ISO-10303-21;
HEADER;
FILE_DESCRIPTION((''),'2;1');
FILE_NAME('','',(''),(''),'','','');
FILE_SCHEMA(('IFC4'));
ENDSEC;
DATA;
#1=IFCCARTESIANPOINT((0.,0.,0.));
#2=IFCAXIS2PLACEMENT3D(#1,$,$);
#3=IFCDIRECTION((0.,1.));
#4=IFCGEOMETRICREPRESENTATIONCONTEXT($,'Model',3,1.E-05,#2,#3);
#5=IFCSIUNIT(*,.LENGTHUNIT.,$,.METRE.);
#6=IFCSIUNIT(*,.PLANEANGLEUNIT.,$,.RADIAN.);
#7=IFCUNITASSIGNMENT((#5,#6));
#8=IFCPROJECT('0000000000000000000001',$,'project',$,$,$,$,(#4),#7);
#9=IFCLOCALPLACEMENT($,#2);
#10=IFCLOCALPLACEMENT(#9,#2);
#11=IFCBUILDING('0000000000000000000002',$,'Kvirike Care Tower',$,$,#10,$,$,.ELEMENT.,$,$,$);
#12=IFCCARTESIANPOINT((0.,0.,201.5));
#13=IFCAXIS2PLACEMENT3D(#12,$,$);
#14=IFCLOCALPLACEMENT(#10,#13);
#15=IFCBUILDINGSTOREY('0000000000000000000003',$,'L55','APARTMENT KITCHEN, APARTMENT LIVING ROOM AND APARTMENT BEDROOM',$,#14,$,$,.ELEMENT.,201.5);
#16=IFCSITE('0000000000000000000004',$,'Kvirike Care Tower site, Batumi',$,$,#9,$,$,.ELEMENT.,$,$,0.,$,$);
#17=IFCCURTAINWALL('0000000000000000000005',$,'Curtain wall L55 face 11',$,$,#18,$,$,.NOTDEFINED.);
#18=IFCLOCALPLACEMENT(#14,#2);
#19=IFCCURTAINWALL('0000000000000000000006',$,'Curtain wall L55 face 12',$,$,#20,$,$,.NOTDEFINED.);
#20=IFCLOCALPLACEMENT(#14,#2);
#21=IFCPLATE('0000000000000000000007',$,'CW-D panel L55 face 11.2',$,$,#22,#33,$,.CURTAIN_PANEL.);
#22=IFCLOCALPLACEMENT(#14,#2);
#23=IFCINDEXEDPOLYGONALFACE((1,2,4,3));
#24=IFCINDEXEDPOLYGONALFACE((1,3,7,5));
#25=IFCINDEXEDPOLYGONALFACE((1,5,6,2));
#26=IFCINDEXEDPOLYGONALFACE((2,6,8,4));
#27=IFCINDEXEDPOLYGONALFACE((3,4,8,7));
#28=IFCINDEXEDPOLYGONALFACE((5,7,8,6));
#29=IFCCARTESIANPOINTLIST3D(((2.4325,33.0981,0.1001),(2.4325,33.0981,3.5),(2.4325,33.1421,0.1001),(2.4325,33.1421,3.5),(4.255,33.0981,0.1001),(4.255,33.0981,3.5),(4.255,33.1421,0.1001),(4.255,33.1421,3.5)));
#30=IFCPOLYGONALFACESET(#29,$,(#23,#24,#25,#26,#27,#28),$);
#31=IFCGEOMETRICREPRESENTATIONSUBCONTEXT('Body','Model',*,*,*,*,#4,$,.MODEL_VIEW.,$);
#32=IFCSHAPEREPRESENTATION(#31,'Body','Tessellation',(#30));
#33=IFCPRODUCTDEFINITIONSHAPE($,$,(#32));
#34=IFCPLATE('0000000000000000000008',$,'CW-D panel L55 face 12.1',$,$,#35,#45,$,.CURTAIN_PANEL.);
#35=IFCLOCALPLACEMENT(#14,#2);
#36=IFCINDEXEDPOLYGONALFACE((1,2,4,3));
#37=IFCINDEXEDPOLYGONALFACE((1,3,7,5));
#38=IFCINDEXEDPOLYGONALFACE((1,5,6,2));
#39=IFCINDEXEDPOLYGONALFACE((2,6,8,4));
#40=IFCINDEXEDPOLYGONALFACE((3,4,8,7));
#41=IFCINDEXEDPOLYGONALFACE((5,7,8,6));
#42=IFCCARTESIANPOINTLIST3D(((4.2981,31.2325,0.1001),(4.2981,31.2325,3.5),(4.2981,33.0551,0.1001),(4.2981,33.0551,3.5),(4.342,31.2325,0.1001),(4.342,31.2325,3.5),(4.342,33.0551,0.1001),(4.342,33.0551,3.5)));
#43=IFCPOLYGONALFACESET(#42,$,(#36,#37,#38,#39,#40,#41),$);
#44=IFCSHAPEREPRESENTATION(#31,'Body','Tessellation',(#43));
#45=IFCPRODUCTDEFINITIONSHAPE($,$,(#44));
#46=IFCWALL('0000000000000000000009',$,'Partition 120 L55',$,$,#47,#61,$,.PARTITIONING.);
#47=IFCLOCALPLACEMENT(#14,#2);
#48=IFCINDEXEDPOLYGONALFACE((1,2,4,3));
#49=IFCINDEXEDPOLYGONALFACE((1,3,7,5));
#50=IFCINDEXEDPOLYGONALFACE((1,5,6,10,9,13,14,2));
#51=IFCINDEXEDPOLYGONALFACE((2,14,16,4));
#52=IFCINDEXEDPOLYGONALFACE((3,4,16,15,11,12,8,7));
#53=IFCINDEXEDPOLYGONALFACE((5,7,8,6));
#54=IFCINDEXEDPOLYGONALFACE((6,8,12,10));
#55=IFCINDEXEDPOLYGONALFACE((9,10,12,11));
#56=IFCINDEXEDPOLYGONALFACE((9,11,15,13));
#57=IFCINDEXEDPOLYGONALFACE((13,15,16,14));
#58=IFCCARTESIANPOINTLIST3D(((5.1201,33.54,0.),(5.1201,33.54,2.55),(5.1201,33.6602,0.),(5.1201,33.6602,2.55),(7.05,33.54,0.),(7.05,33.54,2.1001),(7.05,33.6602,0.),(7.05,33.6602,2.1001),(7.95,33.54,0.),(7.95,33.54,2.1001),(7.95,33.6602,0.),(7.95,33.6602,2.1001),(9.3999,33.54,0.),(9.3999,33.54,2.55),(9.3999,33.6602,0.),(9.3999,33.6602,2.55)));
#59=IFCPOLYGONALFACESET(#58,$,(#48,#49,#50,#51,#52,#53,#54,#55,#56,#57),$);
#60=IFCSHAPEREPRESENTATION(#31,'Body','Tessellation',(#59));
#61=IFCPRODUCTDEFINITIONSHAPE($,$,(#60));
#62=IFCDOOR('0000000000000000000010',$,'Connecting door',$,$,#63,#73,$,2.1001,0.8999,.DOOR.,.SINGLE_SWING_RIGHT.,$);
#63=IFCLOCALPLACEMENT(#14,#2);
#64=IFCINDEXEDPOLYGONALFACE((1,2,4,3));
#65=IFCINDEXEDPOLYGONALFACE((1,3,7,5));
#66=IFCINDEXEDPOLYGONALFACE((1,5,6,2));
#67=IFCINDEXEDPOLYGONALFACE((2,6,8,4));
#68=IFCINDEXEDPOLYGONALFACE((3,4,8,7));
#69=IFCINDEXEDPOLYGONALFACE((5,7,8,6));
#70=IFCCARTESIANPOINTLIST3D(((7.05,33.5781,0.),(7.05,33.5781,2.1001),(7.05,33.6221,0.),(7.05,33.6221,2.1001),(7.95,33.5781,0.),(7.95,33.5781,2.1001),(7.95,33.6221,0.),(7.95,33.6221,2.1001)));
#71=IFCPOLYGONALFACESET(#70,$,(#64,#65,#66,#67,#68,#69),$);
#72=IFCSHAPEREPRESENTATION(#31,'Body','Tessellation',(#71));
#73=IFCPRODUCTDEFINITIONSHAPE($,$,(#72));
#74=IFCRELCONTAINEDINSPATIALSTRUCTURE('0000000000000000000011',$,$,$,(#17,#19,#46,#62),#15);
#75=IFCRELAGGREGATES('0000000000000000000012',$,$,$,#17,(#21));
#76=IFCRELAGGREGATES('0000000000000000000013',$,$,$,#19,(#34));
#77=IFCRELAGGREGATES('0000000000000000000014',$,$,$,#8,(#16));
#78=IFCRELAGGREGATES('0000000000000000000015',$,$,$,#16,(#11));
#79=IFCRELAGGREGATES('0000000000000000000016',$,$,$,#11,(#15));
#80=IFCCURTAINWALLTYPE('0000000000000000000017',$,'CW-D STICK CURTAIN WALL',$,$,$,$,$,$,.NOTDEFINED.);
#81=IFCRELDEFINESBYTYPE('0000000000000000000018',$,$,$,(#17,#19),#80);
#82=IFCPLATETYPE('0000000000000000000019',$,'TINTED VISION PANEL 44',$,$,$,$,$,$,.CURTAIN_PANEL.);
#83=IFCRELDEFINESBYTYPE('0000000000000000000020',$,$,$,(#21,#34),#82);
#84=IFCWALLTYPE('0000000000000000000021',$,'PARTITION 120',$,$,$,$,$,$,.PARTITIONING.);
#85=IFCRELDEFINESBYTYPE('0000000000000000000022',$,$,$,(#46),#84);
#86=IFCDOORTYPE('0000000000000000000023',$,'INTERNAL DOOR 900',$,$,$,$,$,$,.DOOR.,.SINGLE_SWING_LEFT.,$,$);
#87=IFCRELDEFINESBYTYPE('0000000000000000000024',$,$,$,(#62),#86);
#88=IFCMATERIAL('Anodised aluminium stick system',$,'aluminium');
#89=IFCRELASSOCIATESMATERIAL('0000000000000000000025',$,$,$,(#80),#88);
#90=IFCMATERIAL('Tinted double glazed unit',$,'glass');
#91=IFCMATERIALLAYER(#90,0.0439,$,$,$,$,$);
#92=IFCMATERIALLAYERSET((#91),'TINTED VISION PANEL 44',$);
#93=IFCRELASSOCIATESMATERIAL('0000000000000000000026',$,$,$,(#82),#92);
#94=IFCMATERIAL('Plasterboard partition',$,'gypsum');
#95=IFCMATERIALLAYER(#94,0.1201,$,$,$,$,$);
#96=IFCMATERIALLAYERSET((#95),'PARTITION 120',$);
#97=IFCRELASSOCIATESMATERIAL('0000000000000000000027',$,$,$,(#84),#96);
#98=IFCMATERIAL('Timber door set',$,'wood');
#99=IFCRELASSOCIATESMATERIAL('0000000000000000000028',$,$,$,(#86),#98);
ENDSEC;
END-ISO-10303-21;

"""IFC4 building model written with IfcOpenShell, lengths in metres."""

from ifc_helpers import new_model, si_unit, direction, frame, frame_2d, origin, origin_2d, place, context, subcontext, project, spatial, rectangle, extrude, material, layer, layer_set, type_object, element, fill, aggregate, save


model = new_model("IFC4")

# Units and contexts
model_context = context("Model", 3, precision=1e-05, world=origin(), true_north=direction((0.0, 1.0)))
body_context = subcontext(model_context, "Body", "Model", "MODEL_VIEW")
ifc_project = project(units=[si_unit("LENGTHUNIT", "METRE"), si_unit("PLANEANGLEUNIT", "RADIAN")], contexts=[model_context])

# Site, building, storey
site_placement = place(None, origin())
site = spatial("IfcSite", under=ifc_project, at=site_placement, Name="Kvirike Care Tower site, Batumi", CompositionType="ELEMENT", RefElevation=0.0)
building_placement = place(site_placement, origin())
building = spatial("IfcBuilding", under=site, at=building_placement, Name="Kvirike Care Tower", CompositionType="ELEMENT")
storey_placement = place(building_placement, frame((0.0, 0.0, 201.5)))
storey = spatial("IfcBuildingStorey", under=building, at=storey_placement, Name="L55", Description="APARTMENT KITCHEN, APARTMENT LIVING ROOM AND APARTMENT BEDROOM", CompositionType="ELEMENT", Elevation=201.5)

# Curtain wall
ifc_material_1 = material(Name="Anodised aluminium stick system", Category="aluminium")
curtain_wall_type = type_object("IfcCurtainWallType", Name="CW-D STICK CURTAIN WALL", PredefinedType="NOTDEFINED", material=ifc_material_1)
curtain_wall_1_placement = place(storey_placement, origin())
curtain_wall_1 = element("IfcCurtainWall", 1, at=curtain_wall_1_placement, inside=storey, type_object=curtain_wall_type, Name="Curtain wall L55 face 11", PredefinedType="NOTDEFINED")

# Curtain wall
curtain_wall_2_placement = place(storey_placement, origin())
curtain_wall_2 = element("IfcCurtainWall", 2, at=curtain_wall_2_placement, inside=storey, type_object=curtain_wall_type, Name="Curtain wall L55 face 12", PredefinedType="NOTDEFINED")

# Plates
ifc_material_2 = material(Name="Tinted double glazed unit", Category="glass")
ifc_layer_1 = layer(ifc_material_2, 0.0439)
ifc_layer_set_1 = layer_set([ifc_layer_1], Name="TINTED VISION PANEL 44")
plate_type = type_object("IfcPlateType", Name="TINTED VISION PANEL 44", PredefinedType="CURTAIN_PANEL", material=ifc_layer_set_1)
plate_1_placement = place(storey_placement, frame((3.3438, 33.1201, 0.1001), z_axis=(0.0, 0.0, 1.0), x_axis=(1.0, 0.0, 0.0)))
plate_1 = element("IfcPlate", 3, at=plate_1_placement, type_object=plate_type, Name="CW-D panel L55 face 11.2", PredefinedType="CURTAIN_PANEL", context=body_context, shape_type="SweptSolid", body=[
    extrude(rectangle(XDim=1.8225, YDim=0.0439, at=origin_2d()), origin(), (0.0, 0.0, 1.0), 3.3999),
])
aggregate(curtain_wall_1, [plate_1])
plate_2_placement = place(storey_placement, frame((4.3201, 32.1438, 0.1001), z_axis=(0.0, 0.0, 1.0), x_axis=(0.0, -1.0, 0.0)))
plate_2 = element("IfcPlate", 4, at=plate_2_placement, type_object=plate_type, Name="CW-D panel L55 face 12.1", PredefinedType="CURTAIN_PANEL", context=body_context, shape_type="SweptSolid", body=[
    extrude(rectangle(XDim=1.8225, YDim=0.0439, at=origin_2d()), origin(), (0.0, 0.0, 1.0), 3.3999),
])
aggregate(curtain_wall_2, [plate_2])

# Wall, opening, door
ifc_material_3 = material(Name="Plasterboard partition", Category="gypsum")
ifc_layer_2 = layer(ifc_material_3, 0.1201)
ifc_layer_set_2 = layer_set([ifc_layer_2], Name="PARTITION 120")
wall_type = type_object("IfcWallType", Name="PARTITION 120", PredefinedType="PARTITIONING", material=ifc_layer_set_2)
wall_placement = place(storey_placement, frame((5.1201, 33.6001, 0.0), z_axis=(0.0, 0.0, 1.0), x_axis=(1.0, 0.0, 0.0)))
wall = element("IfcWall", 5, at=wall_placement, inside=storey, type_object=wall_type, Name="Partition 120 L55", PredefinedType="PARTITIONING", context=body_context, shape_type="SweptSolid", body=[
    extrude(rectangle(XDim=4.2798, YDim=0.1201, at=frame_2d((2.1399, 0.0))), origin(), (0.0, 0.0, 1.0), 2.55),
])
opening_placement = place(wall_placement, frame((1.9299, 0.0, 0.0)))
opening = element("IfcOpeningElement", 6, at=opening_placement, cuts=wall, PredefinedType="OPENING", context=body_context, shape_type="SweptSolid", body=[
    extrude(rectangle(XDim=0.8999, YDim=2.1001, at=frame_2d((0.45, 1.05))), frame((0.0, 0.0706, 0.0), z_axis=(0.0, -1.0, 0.0), x_axis=(1.0, 0.0, 0.0)), (0.0, 0.0, 1.0), 0.1411),
])
ifc_material_4 = material(Name="Timber door set", Category="wood")
door_type = type_object("IfcDoorType", Name="INTERNAL DOOR 900", OperationType="SINGLE_SWING_LEFT", PredefinedType="DOOR", material=ifc_material_4)
door_placement = place(opening_placement, frame((0.8999, 0.0, 0.0), z_axis=(0.0, 0.0, 1.0), x_axis=(-1.0, 0.0, 0.0)))
door = element("IfcDoor", 7, at=door_placement, inside=storey, type_object=door_type, Name="Connecting door", OperationType="SINGLE_SWING_RIGHT", OverallHeight=2.1001, OverallWidth=0.8999, PredefinedType="DOOR", context=body_context, shape_type="SweptSolid", body=[
    extrude(rectangle(XDim=0.8999, YDim=2.1001, at=frame_2d((0.45, 1.05))), frame((0.0, 0.022, 0.0), z_axis=(0.0, -1.0, 0.0), x_axis=(1.0, 0.0, 0.0)), (0.0, 0.0, 1.0), 0.0439),
])
fill(opening, door)

save(model, "model.ifc")
